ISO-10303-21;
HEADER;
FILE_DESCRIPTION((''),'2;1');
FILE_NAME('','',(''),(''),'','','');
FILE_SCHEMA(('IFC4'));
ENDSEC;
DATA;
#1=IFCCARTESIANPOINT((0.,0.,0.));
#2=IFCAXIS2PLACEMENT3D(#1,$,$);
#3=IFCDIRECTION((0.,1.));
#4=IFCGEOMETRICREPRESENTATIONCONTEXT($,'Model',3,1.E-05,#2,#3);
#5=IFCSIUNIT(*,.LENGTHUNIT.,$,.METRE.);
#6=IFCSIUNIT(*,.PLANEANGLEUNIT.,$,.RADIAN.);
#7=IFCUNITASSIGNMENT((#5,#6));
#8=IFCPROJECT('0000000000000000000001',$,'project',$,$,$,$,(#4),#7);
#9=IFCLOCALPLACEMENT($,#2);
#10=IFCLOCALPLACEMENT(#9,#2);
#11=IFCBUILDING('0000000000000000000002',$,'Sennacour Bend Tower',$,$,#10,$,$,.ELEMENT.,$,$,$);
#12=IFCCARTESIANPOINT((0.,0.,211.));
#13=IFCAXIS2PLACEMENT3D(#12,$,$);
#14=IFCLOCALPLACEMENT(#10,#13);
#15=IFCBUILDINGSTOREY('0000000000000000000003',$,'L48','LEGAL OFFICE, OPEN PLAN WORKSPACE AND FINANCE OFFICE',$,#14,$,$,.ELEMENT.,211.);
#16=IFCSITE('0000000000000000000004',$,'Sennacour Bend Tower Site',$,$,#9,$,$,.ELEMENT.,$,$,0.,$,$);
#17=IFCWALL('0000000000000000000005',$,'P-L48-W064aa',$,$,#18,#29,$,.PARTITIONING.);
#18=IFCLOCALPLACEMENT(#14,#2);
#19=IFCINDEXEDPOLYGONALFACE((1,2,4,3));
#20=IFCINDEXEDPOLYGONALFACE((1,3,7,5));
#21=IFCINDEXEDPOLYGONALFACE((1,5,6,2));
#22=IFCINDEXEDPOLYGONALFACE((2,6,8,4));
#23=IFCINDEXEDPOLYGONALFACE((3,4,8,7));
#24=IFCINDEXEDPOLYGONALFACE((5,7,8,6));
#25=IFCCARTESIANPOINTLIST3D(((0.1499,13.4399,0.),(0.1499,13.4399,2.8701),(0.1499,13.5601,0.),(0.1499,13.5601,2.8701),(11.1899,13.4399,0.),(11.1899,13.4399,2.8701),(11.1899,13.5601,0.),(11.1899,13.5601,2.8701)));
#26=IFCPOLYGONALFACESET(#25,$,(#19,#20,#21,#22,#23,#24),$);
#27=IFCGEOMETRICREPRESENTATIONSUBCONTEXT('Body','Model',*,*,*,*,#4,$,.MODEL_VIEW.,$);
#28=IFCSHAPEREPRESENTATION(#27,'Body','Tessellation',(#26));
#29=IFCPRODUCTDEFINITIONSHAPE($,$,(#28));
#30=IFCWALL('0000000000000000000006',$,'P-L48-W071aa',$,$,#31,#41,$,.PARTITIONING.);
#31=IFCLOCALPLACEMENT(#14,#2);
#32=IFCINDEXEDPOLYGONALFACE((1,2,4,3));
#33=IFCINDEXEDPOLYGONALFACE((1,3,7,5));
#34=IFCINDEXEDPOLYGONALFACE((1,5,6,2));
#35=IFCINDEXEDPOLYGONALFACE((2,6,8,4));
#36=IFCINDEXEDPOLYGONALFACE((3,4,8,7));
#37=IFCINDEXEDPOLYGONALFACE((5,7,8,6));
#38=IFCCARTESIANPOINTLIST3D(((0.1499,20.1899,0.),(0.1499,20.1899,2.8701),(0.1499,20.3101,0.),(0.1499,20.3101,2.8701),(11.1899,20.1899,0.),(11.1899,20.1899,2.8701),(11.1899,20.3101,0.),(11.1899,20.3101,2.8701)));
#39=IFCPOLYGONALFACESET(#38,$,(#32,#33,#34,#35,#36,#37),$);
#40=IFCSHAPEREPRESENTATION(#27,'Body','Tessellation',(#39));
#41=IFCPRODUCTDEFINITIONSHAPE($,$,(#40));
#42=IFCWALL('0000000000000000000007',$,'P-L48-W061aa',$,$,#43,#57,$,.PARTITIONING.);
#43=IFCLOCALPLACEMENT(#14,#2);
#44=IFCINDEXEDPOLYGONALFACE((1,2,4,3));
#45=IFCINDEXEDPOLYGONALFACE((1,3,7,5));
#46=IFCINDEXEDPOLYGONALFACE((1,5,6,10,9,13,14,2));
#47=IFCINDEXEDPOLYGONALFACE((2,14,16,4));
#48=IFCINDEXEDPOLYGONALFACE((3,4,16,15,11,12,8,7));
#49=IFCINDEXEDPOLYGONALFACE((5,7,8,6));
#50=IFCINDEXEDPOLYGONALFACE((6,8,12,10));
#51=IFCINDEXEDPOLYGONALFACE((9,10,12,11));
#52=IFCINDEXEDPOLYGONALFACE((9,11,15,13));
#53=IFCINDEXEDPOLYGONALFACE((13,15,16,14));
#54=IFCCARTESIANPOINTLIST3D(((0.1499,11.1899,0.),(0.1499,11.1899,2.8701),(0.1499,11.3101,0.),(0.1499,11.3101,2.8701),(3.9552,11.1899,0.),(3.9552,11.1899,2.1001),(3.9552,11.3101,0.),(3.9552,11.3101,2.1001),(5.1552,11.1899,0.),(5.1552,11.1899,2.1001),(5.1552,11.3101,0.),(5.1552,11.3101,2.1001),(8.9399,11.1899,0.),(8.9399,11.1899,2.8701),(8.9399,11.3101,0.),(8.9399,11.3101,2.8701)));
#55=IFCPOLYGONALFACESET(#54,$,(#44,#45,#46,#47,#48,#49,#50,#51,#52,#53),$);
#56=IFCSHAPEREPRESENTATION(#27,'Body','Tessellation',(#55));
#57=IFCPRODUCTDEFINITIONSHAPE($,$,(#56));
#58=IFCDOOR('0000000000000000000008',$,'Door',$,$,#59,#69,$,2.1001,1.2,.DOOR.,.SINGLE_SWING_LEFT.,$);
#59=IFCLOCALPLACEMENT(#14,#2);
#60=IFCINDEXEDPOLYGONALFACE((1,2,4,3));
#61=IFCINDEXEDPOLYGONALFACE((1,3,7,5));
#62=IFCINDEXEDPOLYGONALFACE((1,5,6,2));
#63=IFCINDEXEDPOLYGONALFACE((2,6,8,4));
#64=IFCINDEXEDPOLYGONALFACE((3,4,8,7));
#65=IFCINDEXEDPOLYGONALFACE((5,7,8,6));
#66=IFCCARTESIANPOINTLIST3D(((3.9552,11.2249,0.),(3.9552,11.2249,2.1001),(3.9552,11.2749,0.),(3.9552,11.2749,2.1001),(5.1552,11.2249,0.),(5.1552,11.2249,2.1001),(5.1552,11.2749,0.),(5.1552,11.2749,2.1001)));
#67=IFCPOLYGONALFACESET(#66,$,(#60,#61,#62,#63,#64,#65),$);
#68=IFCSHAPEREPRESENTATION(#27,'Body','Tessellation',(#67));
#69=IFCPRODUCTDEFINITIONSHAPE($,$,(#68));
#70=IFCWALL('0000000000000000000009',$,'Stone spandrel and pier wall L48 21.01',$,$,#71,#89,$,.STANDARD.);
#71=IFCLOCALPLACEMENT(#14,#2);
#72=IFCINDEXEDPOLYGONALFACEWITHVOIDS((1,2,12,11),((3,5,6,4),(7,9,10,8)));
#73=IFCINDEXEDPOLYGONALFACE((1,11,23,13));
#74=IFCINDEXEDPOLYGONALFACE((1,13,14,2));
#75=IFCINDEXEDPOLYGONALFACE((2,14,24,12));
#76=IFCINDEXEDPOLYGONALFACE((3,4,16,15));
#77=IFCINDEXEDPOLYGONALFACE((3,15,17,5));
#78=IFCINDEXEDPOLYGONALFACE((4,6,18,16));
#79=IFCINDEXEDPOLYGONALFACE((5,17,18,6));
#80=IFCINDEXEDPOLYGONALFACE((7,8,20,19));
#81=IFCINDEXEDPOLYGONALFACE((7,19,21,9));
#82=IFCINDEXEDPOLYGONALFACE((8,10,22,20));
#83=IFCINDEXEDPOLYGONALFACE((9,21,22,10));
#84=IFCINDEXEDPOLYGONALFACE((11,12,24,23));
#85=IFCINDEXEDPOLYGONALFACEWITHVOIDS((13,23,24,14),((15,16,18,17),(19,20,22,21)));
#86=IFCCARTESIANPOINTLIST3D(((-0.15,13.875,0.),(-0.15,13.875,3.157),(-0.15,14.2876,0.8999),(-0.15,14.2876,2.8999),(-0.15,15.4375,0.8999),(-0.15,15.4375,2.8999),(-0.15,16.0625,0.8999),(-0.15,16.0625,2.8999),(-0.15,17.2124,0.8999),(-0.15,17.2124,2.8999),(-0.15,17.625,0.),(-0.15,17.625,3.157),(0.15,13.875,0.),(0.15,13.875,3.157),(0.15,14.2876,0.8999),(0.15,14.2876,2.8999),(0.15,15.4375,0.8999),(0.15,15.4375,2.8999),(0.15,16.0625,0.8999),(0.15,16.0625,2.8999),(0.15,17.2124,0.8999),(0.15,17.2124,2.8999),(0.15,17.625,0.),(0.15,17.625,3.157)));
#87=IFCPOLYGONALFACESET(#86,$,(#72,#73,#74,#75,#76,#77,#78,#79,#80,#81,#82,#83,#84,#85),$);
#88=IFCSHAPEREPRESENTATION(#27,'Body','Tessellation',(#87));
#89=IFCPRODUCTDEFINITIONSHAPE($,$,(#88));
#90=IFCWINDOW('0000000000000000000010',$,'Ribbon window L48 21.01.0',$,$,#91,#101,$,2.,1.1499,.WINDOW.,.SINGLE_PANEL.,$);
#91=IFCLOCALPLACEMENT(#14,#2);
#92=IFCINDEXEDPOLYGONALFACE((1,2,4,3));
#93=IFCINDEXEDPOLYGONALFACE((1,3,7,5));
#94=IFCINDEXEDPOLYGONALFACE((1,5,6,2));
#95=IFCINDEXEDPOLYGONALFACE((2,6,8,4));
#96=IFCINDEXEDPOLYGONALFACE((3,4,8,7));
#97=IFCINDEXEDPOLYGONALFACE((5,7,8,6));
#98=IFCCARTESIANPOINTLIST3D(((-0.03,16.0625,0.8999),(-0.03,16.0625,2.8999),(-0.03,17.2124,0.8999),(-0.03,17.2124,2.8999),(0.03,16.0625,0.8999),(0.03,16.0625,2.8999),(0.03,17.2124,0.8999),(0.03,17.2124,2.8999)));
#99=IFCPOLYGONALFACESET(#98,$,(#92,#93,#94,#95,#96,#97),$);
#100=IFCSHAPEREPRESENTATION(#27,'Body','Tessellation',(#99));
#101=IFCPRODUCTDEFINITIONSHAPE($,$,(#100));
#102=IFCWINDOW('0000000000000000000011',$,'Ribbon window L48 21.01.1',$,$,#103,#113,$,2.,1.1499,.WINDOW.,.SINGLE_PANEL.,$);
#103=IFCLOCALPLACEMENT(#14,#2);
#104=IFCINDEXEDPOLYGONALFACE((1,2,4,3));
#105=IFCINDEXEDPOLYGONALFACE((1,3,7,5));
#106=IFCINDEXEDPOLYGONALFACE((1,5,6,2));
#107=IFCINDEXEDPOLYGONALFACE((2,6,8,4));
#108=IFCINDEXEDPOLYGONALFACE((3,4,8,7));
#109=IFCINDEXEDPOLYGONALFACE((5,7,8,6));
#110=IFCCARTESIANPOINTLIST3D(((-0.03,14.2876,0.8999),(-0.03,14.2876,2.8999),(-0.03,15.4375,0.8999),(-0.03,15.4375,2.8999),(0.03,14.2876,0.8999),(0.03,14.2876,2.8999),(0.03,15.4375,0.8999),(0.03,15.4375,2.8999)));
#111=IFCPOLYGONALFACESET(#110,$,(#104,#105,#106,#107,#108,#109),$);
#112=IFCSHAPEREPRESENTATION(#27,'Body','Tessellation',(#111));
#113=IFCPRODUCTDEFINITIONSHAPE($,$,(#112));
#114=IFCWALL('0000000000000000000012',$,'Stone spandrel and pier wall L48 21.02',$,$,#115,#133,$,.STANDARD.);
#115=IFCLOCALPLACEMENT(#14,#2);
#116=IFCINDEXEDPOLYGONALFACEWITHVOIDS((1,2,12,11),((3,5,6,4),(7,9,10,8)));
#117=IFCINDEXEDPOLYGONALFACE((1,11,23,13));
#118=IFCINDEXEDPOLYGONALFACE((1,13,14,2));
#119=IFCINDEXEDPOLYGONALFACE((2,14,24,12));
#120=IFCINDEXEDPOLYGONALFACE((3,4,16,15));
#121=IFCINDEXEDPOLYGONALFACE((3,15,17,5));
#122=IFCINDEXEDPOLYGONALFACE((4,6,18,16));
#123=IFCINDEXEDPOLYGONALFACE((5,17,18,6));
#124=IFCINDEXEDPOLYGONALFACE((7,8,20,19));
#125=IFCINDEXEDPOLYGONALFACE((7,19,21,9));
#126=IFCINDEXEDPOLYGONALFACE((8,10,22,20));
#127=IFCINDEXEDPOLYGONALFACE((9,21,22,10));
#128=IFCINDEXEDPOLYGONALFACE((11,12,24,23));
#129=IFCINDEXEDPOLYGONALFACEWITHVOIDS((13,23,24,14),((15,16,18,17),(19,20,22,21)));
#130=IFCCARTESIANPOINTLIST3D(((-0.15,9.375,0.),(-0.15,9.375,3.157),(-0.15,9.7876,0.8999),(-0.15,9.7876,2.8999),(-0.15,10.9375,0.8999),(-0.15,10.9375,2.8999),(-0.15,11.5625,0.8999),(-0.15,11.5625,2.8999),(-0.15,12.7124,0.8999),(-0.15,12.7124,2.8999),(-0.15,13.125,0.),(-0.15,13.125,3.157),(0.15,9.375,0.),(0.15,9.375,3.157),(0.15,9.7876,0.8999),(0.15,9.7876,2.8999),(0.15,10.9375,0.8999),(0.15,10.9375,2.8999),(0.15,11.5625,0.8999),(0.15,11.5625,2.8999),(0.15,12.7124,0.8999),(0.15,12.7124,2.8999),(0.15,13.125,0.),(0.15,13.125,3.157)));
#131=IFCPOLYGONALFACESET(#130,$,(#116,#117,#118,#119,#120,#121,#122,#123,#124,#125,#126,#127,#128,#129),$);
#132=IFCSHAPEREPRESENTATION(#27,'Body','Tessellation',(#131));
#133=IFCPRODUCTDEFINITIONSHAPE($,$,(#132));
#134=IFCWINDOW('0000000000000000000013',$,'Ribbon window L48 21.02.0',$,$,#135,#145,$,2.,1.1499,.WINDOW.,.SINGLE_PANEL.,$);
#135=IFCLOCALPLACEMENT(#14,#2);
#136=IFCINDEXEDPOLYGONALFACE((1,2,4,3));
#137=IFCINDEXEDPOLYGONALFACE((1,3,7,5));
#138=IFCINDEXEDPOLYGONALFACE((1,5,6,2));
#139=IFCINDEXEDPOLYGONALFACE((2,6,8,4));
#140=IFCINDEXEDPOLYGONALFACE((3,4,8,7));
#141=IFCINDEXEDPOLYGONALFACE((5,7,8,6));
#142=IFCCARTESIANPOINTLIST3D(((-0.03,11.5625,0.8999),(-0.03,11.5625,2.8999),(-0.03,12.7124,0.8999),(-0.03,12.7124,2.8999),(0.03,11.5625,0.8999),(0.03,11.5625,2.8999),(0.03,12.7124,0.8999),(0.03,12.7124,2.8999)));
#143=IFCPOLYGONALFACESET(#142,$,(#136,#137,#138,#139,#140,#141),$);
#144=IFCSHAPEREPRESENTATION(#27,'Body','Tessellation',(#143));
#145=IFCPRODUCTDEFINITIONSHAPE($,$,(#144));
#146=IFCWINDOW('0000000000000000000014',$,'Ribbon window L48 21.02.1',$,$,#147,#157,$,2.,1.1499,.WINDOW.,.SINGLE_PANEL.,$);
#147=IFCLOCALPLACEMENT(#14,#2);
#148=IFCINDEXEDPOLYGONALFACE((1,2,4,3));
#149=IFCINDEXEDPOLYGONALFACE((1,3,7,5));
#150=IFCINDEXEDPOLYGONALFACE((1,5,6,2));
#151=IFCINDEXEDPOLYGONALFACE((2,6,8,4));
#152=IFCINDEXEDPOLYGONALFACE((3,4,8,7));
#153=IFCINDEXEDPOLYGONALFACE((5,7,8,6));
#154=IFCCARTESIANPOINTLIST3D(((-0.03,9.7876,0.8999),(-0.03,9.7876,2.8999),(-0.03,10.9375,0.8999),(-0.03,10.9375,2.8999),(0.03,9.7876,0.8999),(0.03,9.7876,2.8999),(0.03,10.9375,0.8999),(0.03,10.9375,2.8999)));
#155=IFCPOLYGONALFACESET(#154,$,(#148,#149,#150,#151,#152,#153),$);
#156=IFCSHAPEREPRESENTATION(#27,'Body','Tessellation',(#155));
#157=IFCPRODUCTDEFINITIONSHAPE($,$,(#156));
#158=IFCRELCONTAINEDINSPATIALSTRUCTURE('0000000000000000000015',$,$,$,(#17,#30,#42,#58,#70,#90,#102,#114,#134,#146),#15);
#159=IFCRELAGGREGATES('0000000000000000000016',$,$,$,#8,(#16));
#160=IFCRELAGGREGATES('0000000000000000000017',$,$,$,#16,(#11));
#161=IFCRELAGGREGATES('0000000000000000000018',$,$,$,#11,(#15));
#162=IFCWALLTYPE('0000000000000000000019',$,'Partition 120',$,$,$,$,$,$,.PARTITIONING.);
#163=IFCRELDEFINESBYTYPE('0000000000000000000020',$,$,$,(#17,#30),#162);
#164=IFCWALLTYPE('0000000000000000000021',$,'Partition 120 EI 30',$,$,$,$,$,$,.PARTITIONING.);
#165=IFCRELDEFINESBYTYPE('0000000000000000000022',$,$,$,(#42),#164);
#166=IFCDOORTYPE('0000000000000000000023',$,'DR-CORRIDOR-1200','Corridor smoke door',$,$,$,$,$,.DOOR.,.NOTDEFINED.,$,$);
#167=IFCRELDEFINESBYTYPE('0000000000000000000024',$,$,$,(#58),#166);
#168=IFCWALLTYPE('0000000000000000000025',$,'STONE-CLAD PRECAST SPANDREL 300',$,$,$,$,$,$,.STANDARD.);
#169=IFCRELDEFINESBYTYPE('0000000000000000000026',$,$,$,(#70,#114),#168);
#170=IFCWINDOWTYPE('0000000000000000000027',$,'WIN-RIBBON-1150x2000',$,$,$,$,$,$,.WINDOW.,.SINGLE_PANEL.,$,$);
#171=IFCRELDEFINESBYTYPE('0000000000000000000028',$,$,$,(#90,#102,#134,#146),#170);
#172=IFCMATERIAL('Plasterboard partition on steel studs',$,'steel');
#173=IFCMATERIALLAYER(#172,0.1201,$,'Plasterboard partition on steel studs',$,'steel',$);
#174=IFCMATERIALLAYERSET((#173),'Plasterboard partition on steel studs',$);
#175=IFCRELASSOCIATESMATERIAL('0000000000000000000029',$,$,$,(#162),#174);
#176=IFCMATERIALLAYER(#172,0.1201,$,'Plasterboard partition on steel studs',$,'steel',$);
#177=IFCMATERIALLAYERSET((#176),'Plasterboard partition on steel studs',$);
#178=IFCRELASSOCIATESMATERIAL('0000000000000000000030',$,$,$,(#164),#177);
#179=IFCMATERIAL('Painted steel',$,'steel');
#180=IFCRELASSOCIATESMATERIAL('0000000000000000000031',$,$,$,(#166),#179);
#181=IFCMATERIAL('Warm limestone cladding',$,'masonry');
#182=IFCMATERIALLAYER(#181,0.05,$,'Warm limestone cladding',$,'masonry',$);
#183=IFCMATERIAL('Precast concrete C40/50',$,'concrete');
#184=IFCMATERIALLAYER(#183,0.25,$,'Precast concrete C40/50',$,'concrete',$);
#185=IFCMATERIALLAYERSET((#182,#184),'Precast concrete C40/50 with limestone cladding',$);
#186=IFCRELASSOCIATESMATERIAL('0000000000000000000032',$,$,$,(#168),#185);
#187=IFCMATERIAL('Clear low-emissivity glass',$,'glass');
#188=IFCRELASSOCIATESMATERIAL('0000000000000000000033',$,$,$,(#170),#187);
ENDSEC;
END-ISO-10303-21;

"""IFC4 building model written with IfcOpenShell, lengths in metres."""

from ifc_helpers import new_model, si_unit, direction, frame, frame_2d, origin, place, context, subcontext, project, spatial, rectangle, extrude, material, layer, layer_set, type_object, element, fill, save


model = new_model("IFC4")

# Units and contexts
model_context = context("Model", 3, precision=1e-05, world=origin(), true_north=direction((0.0, 1.0)))
body_context = subcontext(model_context, "Body", "Model", "MODEL_VIEW")
ifc_project = project(units=[si_unit("LENGTHUNIT", "METRE"), si_unit("PLANEANGLEUNIT", "RADIAN")], contexts=[model_context])

# Site, building, storey
site_placement = place(None, origin())
site = spatial("IfcSite", under=ifc_project, at=site_placement, Name="Sennacour Bend Tower Site", CompositionType="ELEMENT", RefElevation=0.0)
building_placement = place(site_placement, origin())
building = spatial("IfcBuilding", under=site, at=building_placement, Name="Sennacour Bend Tower", CompositionType="ELEMENT")
storey_placement = place(building_placement, frame((0.0, 0.0, 211.0)))
storey = spatial("IfcBuildingStorey", under=building, at=storey_placement, Name="L48", Description="LEGAL OFFICE, OPEN PLAN WORKSPACE AND FINANCE OFFICE", CompositionType="ELEMENT", Elevation=211.0)

# Walls
ifc_material_1 = material(Name="Plasterboard partition on steel studs", Category="steel")
ifc_layer_1 = layer(ifc_material_1, 0.1201, Name="Plasterboard partition on steel studs", Category="steel")
ifc_layer_set_1 = layer_set([ifc_layer_1], Name="Plasterboard partition on steel studs")
wall_type_1 = type_object("IfcWallType", Name="Partition 120", PredefinedType="PARTITIONING", material=ifc_layer_set_1)
for number, where, z_axis, x_axis, name in (
    (1, (0.1499, 13.5, 0.0), (0.0, 0.0, 1.0), (1.0, 0.0, 0.0), "P-L48-W064aa"),
    (2, (0.1499, 20.25, 0.0), (0.0, 0.0, 1.0), (1.0, 0.0, 0.0), "P-L48-W071aa"),
):
    element("IfcWall", number, at=place(storey_placement, frame(where, z_axis=z_axis, x_axis=x_axis)), inside=storey, type_object=wall_type_1, Name=name, PredefinedType="PARTITIONING", context=body_context, shape_type="SweptSolid", body=[
        extrude(rectangle(XDim=11.04, YDim=0.1201, at=frame_2d((5.52, 0.0))), origin(), (0.0, 0.0, 1.0), 2.8701),
    ])

# Wall, opening, door
ifc_layer_2 = layer(ifc_material_1, 0.1201, Name="Plasterboard partition on steel studs", Category="steel")
ifc_layer_set_2 = layer_set([ifc_layer_2], Name="Plasterboard partition on steel studs")
wall_type_2 = type_object("IfcWallType", Name="Partition 120 EI 30", PredefinedType="PARTITIONING", material=ifc_layer_set_2)
wall_1_placement = place(storey_placement, frame((0.1499, 11.25, 0.0), z_axis=(0.0, 0.0, 1.0), x_axis=(1.0, 0.0, 0.0)))
wall_1 = element("IfcWall", 3, at=wall_1_placement, inside=storey, type_object=wall_type_2, Name="P-L48-W061aa", PredefinedType="PARTITIONING", context=body_context, shape_type="SweptSolid", body=[
    extrude(rectangle(XDim=8.79, YDim=0.1201, at=frame_2d((4.395, 0.0))), origin(), (0.0, 0.0, 1.0), 2.8701),
])
opening_1_placement = place(wall_1_placement, frame((3.8052, 0.0, 0.0)))
opening_1 = element("IfcOpeningElement", 4, at=opening_1_placement, cuts=wall_1, PredefinedType="OPENING", context=body_context, shape_type="SweptSolid", body=[
    extrude(rectangle(XDim=1.2, YDim=2.1001, at=frame_2d((0.6001, 1.05))), frame((0.0, 0.0701, 0.0), z_axis=(0.0, -1.0, 0.0), x_axis=(1.0, 0.0, 0.0)), (0.0, 0.0, 1.0), 0.1401),
])
ifc_material_2 = material(Name="Painted steel", Category="steel")
door_type = type_object("IfcDoorType", Name="DR-CORRIDOR-1200", Description="Corridor smoke door", OperationType="NOTDEFINED", PredefinedType="DOOR", material=ifc_material_2)
door_placement = place(opening_1_placement, origin())
door = element("IfcDoor", 5, at=door_placement, inside=storey, type_object=door_type, Name="Door", OperationType="SINGLE_SWING_LEFT", OverallHeight=2.1001, OverallWidth=1.2, PredefinedType="DOOR", context=body_context, shape_type="SweptSolid", body=[
    extrude(rectangle(XDim=1.2, YDim=2.1001, at=frame_2d((0.6001, 1.05))), frame((0.0, 0.0249, 0.0), z_axis=(0.0, -1.0, 0.0), x_axis=(1.0, 0.0, 0.0)), (0.0, 0.0, 1.0), 0.05),
])
fill(opening_1, door)

# Walls, openings, windows
ifc_material_3 = material(Name="Warm limestone cladding", Category="masonry")
ifc_layer_3 = layer(ifc_material_3, 0.05, Name="Warm limestone cladding", Category="masonry")
ifc_material_4 = material(Name="Precast concrete C40/50", Category="concrete")
ifc_layer_4 = layer(ifc_material_4, 0.25, Name="Precast concrete C40/50", Category="concrete")
ifc_layer_set_3 = layer_set([ifc_layer_3, ifc_layer_4], Name="Precast concrete C40/50 with limestone cladding")
wall_type_3 = type_object("IfcWallType", Name="STONE-CLAD PRECAST SPANDREL 300", PredefinedType="STANDARD", material=ifc_layer_set_3)
wall_2_placement = place(storey_placement, frame((0.0, 17.625, 0.0), z_axis=(0.0, 0.0, 1.0), x_axis=(0.0, -1.0, 0.0)))
wall_2 = element("IfcWall", 6, at=wall_2_placement, inside=storey, type_object=wall_type_3, Name="Stone spandrel and pier wall L48 21.01", PredefinedType="STANDARD", context=body_context, shape_type="SweptSolid", body=[
    extrude(rectangle(XDim=3.75, YDim=0.3, at=frame_2d((1.875, 0.0))), origin(), (0.0, 0.0, 1.0), 3.157),
])
opening_2_placement = place(wall_2_placement, frame((0.4126, 0.0, 0.8999)))
opening_2 = element("IfcOpeningElement", 7, at=opening_2_placement, cuts=wall_2, PredefinedType="OPENING", context=body_context, shape_type="SweptSolid", body=[
    extrude(rectangle(XDim=1.1499, YDim=2.0, at=frame_2d((0.575, 1.0))), frame((0.0, 0.1602, 0.0), z_axis=(0.0, -1.0, 0.0), x_axis=(1.0, 0.0, 0.0)), (0.0, 0.0, 1.0), 0.3201),
])
opening_3_placement = place(wall_2_placement, frame((2.1875, 0.0, 0.8999)))
opening_3 = element("IfcOpeningElement", 8, at=opening_3_placement, cuts=wall_2, PredefinedType="OPENING", context=body_context, shape_type="SweptSolid", body=[
    extrude(rectangle(XDim=1.1499, YDim=2.0, at=frame_2d((0.575, 1.0))), frame((0.0, 0.1602, 0.0), z_axis=(0.0, -1.0, 0.0), x_axis=(1.0, 0.0, 0.0)), (0.0, 0.0, 1.0), 0.3201),
])
ifc_material_5 = material(Name="Clear low-emissivity glass", Category="glass")
window_type = type_object("IfcWindowType", Name="WIN-RIBBON-1150x2000", PartitioningType="SINGLE_PANEL", PredefinedType="WINDOW", material=ifc_material_5)
window_1_placement = place(opening_2_placement, origin())
window_1 = element("IfcWindow", 9, at=window_1_placement, inside=storey, type_object=window_type, Name="Ribbon window L48 21.01.0", OverallHeight=2.0, OverallWidth=1.1499, PartitioningType="SINGLE_PANEL", PredefinedType="WINDOW", context=body_context, shape_type="SweptSolid", body=[
    extrude(rectangle(XDim=1.1499, YDim=2.0, at=frame_2d((0.575, 1.0))), frame((0.0, 0.03, 0.0), z_axis=(0.0, -1.0, 0.0), x_axis=(1.0, 0.0, 0.0)), (0.0, 0.0, 1.0), 0.0601),
])
fill(opening_2, window_1)
window_2_placement = place(opening_3_placement, origin())
window_2 = element("IfcWindow", 10, at=window_2_placement, inside=storey, type_object=window_type, Name="Ribbon window L48 21.01.1", OverallHeight=2.0, OverallWidth=1.1499, PartitioningType="SINGLE_PANEL", PredefinedType="WINDOW", context=body_context, shape_type="SweptSolid", body=[
    extrude(rectangle(XDim=1.1499, YDim=2.0, at=frame_2d((0.575, 1.0))), frame((0.0, 0.03, 0.0), z_axis=(0.0, -1.0, 0.0), x_axis=(1.0, 0.0, 0.0)), (0.0, 0.0, 1.0), 0.0601),
])
fill(opening_3, window_2)
wall_3_placement = place(storey_placement, frame((0.0, 13.125, 0.0), z_axis=(0.0, 0.0, 1.0), x_axis=(0.0, -1.0, 0.0)))
wall_3 = element("IfcWall", 11, at=wall_3_placement, inside=storey, type_object=wall_type_3, Name="Stone spandrel and pier wall L48 21.02", PredefinedType="STANDARD", context=body_context, shape_type="SweptSolid", body=[
    extrude(rectangle(XDim=3.75, YDim=0.3, at=frame_2d((1.875, 0.0))), origin(), (0.0, 0.0, 1.0), 3.157),
])
opening_4_placement = place(wall_3_placement, frame((0.4126, 0.0, 0.8999)))
opening_4 = element("IfcOpeningElement", 12, at=opening_4_placement, cuts=wall_3, PredefinedType="OPENING", context=body_context, shape_type="SweptSolid", body=[
    extrude(rectangle(XDim=1.1499, YDim=2.0, at=frame_2d((0.575, 1.0))), frame((0.0, 0.1602, 0.0), z_axis=(0.0, -1.0, 0.0), x_axis=(1.0, 0.0, 0.0)), (0.0, 0.0, 1.0), 0.3201),
])
opening_5_placement = place(wall_3_placement, frame((2.1875, 0.0, 0.8999)))
opening_5 = element("IfcOpeningElement", 13, at=opening_5_placement, cuts=wall_3, PredefinedType="OPENING", context=body_context, shape_type="SweptSolid", body=[
    extrude(rectangle(XDim=1.1499, YDim=2.0, at=frame_2d((0.575, 1.0))), frame((0.0, 0.1602, 0.0), z_axis=(0.0, -1.0, 0.0), x_axis=(1.0, 0.0, 0.0)), (0.0, 0.0, 1.0), 0.3201),
])
window_3_placement = place(opening_4_placement, origin())
window_3 = element("IfcWindow", 14, at=window_3_placement, inside=storey, type_object=window_type, Name="Ribbon window L48 21.02.0", OverallHeight=2.0, OverallWidth=1.1499, PartitioningType="SINGLE_PANEL", PredefinedType="WINDOW", context=body_context, shape_type="SweptSolid", body=[
    extrude(rectangle(XDim=1.1499, YDim=2.0, at=frame_2d((0.575, 1.0))), frame((0.0, 0.03, 0.0), z_axis=(0.0, -1.0, 0.0), x_axis=(1.0, 0.0, 0.0)), (0.0, 0.0, 1.0), 0.0601),
])
fill(opening_4, window_3)
window_4_placement = place(opening_5_placement, origin())
window_4 = element("IfcWindow", 15, at=window_4_placement, inside=storey, type_object=window_type, Name="Ribbon window L48 21.02.1", OverallHeight=2.0, OverallWidth=1.1499, PartitioningType="SINGLE_PANEL", PredefinedType="WINDOW", context=body_context, shape_type="SweptSolid", body=[
    extrude(rectangle(XDim=1.1499, YDim=2.0, at=frame_2d((0.575, 1.0))), frame((0.0, 0.03, 0.0), z_axis=(0.0, -1.0, 0.0), x_axis=(1.0, 0.0, 0.0)), (0.0, 0.0, 1.0), 0.0601),
])
fill(opening_5, window_4)

save(model, "model.ifc")
